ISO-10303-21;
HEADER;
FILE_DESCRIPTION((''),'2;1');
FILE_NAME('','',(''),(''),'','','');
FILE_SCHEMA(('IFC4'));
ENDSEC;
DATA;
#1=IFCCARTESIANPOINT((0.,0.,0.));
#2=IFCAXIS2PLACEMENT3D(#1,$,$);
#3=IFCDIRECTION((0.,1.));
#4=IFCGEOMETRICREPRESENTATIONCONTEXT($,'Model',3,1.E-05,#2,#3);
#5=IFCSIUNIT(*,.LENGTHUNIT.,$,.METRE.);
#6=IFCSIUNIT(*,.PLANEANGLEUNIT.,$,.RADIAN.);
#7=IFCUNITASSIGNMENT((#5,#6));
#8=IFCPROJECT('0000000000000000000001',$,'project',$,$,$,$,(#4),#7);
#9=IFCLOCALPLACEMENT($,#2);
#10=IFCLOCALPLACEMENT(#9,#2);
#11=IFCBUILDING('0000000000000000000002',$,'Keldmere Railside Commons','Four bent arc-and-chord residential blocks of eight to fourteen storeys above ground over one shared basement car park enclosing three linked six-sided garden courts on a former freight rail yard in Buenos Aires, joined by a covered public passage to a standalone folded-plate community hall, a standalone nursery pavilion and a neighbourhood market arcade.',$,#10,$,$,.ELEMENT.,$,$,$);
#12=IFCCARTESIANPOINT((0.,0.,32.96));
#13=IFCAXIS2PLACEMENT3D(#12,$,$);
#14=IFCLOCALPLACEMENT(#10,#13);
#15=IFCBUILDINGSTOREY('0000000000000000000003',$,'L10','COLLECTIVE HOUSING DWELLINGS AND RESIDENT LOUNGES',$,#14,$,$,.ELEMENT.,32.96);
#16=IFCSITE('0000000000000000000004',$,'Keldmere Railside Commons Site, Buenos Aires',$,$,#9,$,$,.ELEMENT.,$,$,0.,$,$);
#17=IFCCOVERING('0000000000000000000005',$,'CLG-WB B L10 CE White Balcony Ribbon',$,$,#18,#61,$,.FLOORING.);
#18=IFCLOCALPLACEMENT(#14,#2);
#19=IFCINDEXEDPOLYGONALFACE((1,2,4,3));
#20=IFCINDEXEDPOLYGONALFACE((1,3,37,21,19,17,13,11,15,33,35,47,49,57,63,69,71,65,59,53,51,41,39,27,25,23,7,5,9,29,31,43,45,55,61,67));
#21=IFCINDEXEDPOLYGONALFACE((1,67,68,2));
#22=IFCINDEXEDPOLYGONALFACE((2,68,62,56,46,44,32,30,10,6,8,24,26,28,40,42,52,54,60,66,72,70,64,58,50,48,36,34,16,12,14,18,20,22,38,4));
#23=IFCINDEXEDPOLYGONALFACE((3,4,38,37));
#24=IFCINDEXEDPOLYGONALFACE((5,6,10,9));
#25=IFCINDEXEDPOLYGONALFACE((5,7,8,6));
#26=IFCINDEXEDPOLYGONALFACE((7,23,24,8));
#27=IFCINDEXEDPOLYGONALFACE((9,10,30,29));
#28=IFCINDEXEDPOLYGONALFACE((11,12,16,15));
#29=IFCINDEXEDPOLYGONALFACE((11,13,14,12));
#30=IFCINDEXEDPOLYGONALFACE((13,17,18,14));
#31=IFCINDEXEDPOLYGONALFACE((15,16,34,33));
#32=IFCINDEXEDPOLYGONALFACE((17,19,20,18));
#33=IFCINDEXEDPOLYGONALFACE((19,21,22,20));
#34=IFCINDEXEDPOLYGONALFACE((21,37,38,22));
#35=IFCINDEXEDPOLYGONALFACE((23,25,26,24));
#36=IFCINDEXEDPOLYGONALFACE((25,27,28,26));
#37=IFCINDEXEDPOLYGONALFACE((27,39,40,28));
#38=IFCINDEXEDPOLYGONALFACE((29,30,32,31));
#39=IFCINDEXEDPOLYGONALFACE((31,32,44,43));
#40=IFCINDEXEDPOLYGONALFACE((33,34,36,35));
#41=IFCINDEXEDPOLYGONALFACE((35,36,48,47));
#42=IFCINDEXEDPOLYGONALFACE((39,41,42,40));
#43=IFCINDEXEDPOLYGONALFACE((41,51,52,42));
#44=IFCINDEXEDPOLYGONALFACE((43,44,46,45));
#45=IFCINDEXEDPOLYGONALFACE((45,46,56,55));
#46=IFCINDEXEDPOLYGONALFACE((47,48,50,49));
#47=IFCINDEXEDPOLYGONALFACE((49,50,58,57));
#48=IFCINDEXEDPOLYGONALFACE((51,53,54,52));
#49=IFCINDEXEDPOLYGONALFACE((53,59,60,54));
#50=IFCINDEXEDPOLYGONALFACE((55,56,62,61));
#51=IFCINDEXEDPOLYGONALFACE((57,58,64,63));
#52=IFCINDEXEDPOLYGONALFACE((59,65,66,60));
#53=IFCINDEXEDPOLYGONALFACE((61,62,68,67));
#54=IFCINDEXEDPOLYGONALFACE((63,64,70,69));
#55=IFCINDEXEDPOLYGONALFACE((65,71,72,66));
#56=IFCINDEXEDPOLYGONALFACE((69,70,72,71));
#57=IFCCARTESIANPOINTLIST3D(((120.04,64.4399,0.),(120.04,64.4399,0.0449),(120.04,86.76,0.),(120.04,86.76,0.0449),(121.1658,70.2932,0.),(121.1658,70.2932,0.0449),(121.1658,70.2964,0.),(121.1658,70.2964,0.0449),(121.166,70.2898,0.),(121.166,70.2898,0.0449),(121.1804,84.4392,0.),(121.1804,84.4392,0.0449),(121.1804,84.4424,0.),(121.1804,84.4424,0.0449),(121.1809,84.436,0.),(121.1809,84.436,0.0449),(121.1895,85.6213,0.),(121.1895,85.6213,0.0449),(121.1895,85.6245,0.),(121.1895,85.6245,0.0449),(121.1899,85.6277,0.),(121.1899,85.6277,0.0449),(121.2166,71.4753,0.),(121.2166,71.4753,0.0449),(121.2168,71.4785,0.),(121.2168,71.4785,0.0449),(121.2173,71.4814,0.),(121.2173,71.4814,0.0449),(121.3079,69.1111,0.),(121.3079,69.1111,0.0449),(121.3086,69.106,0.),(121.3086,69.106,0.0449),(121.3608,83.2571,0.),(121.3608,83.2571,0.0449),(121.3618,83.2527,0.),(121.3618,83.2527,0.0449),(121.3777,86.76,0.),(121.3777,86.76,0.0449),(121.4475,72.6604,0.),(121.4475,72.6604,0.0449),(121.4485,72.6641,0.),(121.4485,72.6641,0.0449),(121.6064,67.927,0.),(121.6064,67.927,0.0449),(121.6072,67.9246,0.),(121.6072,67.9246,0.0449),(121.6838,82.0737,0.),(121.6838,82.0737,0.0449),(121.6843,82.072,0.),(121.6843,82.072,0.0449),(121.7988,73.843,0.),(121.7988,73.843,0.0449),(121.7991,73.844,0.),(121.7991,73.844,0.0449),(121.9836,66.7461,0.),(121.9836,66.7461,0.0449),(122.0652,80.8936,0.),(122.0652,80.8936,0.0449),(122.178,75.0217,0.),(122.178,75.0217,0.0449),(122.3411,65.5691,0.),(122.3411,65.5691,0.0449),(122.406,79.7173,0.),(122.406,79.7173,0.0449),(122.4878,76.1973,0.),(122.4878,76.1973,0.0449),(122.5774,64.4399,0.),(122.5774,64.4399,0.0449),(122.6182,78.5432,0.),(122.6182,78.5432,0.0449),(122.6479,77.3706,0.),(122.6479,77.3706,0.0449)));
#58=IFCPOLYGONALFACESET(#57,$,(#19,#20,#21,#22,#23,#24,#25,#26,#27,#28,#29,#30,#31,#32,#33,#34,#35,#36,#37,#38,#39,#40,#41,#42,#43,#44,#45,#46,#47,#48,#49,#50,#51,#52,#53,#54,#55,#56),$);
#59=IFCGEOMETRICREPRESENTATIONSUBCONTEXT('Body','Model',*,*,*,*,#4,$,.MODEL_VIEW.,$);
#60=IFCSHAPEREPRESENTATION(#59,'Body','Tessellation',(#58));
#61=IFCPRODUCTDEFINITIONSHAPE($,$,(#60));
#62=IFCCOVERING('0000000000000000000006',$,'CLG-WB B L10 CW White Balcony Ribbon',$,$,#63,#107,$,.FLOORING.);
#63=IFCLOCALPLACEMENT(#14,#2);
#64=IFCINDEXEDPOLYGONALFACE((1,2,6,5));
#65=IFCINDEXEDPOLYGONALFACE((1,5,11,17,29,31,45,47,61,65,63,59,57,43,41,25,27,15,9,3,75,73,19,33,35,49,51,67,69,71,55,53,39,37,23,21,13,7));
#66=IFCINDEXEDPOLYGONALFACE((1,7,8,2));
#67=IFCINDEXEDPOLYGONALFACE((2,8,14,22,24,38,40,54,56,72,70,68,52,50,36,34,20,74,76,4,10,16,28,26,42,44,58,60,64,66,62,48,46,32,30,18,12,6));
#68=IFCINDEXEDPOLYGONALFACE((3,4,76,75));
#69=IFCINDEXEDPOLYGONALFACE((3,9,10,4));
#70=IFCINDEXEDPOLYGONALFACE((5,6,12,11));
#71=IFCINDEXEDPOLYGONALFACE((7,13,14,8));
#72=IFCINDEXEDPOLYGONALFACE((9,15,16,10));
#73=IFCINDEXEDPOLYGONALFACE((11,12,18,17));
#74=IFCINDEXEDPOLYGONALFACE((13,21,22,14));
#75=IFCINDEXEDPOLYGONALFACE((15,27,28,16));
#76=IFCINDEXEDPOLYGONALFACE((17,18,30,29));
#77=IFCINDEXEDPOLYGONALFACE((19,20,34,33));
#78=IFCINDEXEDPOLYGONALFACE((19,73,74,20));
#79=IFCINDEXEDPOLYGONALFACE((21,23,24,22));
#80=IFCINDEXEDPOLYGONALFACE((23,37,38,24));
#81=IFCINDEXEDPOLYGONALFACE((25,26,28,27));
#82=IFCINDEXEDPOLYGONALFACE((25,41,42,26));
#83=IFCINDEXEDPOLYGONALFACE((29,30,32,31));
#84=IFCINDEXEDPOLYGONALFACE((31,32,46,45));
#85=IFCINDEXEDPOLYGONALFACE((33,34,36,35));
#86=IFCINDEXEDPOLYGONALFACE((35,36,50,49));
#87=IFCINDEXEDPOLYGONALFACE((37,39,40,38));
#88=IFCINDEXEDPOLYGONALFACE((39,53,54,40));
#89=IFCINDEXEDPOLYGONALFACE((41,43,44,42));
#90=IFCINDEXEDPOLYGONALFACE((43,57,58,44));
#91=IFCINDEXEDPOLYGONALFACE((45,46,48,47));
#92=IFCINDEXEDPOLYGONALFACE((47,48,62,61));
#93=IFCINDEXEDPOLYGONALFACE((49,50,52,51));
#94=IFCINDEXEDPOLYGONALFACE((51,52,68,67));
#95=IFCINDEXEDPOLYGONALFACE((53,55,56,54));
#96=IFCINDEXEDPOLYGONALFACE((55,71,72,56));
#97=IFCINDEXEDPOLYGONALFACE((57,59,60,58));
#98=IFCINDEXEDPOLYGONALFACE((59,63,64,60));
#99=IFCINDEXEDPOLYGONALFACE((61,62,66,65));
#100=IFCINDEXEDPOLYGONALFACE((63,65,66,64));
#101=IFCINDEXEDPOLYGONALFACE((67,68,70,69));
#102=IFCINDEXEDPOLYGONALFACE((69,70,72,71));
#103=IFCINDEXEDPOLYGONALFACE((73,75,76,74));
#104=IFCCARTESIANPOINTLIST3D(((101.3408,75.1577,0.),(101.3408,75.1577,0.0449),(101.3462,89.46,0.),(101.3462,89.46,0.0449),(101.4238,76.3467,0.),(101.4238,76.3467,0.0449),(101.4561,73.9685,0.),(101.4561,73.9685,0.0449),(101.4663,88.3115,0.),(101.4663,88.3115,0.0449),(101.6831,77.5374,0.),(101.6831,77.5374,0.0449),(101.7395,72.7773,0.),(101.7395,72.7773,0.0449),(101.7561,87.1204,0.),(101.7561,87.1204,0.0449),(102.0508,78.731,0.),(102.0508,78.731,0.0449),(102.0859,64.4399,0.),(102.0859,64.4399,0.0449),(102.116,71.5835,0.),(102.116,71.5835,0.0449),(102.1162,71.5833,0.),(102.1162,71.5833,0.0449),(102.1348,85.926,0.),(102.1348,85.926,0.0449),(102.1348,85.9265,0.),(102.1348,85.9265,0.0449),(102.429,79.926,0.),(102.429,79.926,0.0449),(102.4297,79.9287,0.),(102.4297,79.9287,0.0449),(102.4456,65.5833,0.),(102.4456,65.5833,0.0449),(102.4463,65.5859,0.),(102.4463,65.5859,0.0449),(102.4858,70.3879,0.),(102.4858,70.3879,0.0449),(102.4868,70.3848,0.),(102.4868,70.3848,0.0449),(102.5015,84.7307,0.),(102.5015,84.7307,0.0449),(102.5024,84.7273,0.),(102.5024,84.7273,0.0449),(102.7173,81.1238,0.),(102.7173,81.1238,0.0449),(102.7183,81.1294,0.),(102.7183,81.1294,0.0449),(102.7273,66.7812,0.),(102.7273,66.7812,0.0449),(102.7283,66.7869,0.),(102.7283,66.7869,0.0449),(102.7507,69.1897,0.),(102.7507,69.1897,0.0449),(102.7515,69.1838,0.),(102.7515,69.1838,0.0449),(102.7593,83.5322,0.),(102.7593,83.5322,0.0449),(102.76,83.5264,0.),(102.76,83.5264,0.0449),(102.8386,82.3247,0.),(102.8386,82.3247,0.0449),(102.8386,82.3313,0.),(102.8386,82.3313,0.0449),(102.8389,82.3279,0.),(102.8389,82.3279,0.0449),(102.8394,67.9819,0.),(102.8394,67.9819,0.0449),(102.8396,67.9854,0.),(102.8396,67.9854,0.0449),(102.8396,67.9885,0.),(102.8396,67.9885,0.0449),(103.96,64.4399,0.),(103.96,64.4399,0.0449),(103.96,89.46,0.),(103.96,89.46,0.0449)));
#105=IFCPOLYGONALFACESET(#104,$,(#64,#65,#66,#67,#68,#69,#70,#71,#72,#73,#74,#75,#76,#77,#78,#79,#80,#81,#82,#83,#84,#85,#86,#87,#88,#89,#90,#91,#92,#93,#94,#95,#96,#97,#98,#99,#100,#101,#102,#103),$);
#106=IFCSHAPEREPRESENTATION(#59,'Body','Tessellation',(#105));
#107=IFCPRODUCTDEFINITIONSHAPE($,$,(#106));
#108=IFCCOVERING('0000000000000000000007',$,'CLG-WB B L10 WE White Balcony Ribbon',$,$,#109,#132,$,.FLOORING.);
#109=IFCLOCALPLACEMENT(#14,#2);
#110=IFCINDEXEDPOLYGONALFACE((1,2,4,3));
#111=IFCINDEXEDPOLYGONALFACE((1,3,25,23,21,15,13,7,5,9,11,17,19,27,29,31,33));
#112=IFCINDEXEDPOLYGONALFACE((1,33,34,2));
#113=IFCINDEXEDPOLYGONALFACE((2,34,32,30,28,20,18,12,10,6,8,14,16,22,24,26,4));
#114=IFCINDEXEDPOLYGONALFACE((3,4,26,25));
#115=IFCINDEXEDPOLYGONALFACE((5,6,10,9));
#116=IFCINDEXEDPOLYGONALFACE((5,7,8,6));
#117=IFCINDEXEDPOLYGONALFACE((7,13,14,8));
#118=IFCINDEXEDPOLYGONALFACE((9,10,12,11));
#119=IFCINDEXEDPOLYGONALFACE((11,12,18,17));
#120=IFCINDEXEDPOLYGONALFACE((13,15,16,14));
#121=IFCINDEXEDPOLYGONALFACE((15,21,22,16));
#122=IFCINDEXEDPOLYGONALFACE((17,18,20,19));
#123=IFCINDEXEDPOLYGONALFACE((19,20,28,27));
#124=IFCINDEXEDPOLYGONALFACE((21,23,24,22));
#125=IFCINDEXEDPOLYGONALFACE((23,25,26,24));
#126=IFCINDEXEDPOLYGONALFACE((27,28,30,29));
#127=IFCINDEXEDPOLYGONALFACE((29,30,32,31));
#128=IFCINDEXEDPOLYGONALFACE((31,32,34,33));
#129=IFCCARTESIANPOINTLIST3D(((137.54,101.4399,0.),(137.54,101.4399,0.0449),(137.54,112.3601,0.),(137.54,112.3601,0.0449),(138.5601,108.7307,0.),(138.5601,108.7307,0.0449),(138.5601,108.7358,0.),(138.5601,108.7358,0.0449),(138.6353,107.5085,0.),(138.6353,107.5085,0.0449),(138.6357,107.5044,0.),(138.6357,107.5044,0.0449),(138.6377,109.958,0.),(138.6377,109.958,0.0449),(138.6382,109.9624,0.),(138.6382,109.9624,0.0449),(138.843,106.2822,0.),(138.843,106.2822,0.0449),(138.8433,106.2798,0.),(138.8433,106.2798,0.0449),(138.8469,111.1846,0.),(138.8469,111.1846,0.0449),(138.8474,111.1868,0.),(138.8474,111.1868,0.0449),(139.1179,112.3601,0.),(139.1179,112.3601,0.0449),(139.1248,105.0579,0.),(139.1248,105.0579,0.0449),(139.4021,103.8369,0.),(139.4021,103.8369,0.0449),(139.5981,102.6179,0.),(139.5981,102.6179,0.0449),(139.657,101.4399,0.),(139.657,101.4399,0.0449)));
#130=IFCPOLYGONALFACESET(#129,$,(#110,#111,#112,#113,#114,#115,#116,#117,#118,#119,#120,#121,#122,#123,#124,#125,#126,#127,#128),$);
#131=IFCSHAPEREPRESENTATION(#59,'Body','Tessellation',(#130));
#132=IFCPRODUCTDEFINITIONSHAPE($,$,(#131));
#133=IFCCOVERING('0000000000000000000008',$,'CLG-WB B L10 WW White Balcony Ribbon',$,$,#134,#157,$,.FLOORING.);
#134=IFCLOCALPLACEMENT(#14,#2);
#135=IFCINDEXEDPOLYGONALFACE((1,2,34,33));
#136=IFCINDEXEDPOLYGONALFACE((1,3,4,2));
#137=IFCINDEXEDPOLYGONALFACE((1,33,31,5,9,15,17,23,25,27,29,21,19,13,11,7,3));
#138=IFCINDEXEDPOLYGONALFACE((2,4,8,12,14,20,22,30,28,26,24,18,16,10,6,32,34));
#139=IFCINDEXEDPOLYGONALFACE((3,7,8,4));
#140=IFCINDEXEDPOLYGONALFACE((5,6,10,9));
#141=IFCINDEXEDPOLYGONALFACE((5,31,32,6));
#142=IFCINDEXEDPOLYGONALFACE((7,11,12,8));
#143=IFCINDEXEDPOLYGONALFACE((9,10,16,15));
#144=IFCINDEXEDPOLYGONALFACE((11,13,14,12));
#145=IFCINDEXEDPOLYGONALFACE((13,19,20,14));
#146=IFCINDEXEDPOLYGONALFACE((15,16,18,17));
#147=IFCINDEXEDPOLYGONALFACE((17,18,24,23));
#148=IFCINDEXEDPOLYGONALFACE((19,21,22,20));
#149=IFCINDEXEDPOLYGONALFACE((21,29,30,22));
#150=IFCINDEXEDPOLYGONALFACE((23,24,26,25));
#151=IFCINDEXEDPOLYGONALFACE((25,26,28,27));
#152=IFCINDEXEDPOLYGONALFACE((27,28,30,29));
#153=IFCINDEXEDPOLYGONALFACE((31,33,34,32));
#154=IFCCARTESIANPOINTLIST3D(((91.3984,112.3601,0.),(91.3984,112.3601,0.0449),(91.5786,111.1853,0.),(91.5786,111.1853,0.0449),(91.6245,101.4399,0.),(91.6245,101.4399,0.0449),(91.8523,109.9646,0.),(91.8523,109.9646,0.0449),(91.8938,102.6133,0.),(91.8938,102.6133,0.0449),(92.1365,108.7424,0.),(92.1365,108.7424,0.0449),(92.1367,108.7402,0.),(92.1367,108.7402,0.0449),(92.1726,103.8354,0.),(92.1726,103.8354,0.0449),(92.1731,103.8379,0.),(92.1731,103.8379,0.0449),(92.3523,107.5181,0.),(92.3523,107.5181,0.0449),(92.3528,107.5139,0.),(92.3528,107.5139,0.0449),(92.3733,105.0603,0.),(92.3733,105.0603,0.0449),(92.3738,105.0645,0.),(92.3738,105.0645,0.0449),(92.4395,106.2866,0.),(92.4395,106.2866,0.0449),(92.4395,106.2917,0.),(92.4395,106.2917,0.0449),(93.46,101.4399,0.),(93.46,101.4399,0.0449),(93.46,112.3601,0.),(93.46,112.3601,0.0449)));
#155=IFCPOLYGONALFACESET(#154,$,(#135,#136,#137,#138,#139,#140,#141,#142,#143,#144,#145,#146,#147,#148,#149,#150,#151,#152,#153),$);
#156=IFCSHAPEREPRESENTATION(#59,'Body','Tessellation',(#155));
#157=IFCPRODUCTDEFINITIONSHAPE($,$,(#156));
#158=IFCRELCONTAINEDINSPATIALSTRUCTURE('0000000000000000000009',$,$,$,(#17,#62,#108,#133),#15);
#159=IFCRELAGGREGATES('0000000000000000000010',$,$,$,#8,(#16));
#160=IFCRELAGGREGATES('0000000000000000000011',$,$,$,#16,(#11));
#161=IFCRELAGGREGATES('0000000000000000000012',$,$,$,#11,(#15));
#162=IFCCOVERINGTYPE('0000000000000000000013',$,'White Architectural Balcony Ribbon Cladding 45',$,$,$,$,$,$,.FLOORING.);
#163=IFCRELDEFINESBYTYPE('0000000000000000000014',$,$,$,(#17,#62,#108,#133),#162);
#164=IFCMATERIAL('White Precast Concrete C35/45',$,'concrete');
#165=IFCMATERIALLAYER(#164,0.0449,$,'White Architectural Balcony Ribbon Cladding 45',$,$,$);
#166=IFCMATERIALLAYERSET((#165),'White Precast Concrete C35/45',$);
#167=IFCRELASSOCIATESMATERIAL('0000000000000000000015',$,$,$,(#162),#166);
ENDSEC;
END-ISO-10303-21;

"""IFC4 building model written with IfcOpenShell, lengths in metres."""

from ifc_helpers import new_model, si_unit, direction, frame, origin, place, context, subcontext, project, spatial, polyline, outline, extrude, material, layer, layer_set, type_object, element, save


model = new_model("IFC4")

# Units and contexts
model_context = context("Model", 3, precision=1e-05, world=origin(), true_north=direction((0.0, 1.0)))
body_context = subcontext(model_context, "Body", "Model", "MODEL_VIEW")
ifc_project = project(units=[si_unit("LENGTHUNIT", "METRE"), si_unit("PLANEANGLEUNIT", "RADIAN")], contexts=[model_context])

# Site, building, storey
site_placement = place(None, origin())
site = spatial("IfcSite", under=ifc_project, at=site_placement, Name="Keldmere Railside Commons Site, Buenos Aires", CompositionType="ELEMENT", RefElevation=0.0)
building_placement = place(site_placement, origin())
building = spatial("IfcBuilding", under=site, at=building_placement, Name="Keldmere Railside Commons", Description="Four bent arc-and-chord residential blocks of eight to fourteen storeys above ground over one shared basement car park enclosing three linked six-sided garden courts on a former freight rail yard in Buenos Aires, joined by a covered public passage to a standalone folded-plate community hall, a standalone nursery pavilion and a neighbourhood market arcade.", CompositionType="ELEMENT")
storey_placement = place(building_placement, frame((0.0, 0.0, 32.96)))
storey = spatial("IfcBuildingStorey", under=building, at=storey_placement, Name="L10", Description="COLLECTIVE HOUSING DWELLINGS AND RESIDENT LOUNGES", CompositionType="ELEMENT", Elevation=32.96)

# Coverings
ifc_material_1 = material(Name="White Precast Concrete C35/45", Category="concrete")
ifc_layer_1 = layer(ifc_material_1, 0.0449, Name="White Architectural Balcony Ribbon Cladding 45")
ifc_layer_set_1 = layer_set([ifc_layer_1], Name="White Precast Concrete C35/45")
covering_type_1 = type_object("IfcCoveringType", Name="White Architectural Balcony Ribbon Cladding 45", PredefinedType="FLOORING", material=ifc_layer_set_1)
covering_1_placement = place(storey_placement, origin())
element("IfcCovering", 1, at=covering_1_placement, inside=storey, type_object=covering_type_1, Name="CLG-WB B L10 CE White Balcony Ribbon", PredefinedType="FLOORING", context=body_context, shape_type="SweptSolid", body=[
    extrude(outline(polyline([(122.3411, 65.5691), (121.9836, 66.7461), (121.6072, 67.9246), (121.6064, 67.927), (121.3086, 69.106), (121.3079, 69.1111), (121.166, 70.2898), (121.1658, 70.2932), (121.1658, 70.2964), (121.2166, 71.4753), (121.2168, 71.4785), (121.2173, 71.4814), (121.4475, 72.6604), (121.4485, 72.6641), (121.7988, 73.843), (121.7991, 73.844), (122.178, 75.0217), (122.4878, 76.1973), (122.6479, 77.3706), (122.6182, 78.5432), (122.406, 79.7173), (122.0652, 80.8936), (121.6843, 82.072), (121.6838, 82.0737), (121.3618, 83.2527), (121.3608, 83.2571), (121.1809, 84.436), (121.1804, 84.4392), (121.1804, 84.4424), (121.1895, 85.6213), (121.1895, 85.6245), (121.1899, 85.6277), (121.3777, 86.76), (120.04, 86.76), (120.04, 64.4399), (122.5774, 64.4399), (122.3411, 65.5691)])), origin(), (0.0, 0.0, 1.0), 0.0449),
])
covering_2_placement = place(storey_placement, origin())
element("IfcCovering", 2, at=covering_2_placement, inside=storey, type_object=covering_type_1, Name="CLG-WB B L10 CW White Balcony Ribbon", PredefinedType="FLOORING", context=body_context, shape_type="SweptSolid", body=[
    extrude(outline(polyline([(103.96, 89.46), (101.3462, 89.46), (101.4663, 88.3115), (101.7561, 87.1204), (102.1348, 85.9265), (102.1348, 85.926), (102.5015, 84.7307), (102.5024, 84.7273), (102.7593, 83.5322), (102.76, 83.5264), (102.8386, 82.3313), (102.8389, 82.3279), (102.8386, 82.3247), (102.7183, 81.1294), (102.7173, 81.1238), (102.4297, 79.9287), (102.429, 79.926), (102.0508, 78.731), (101.6831, 77.5374), (101.4238, 76.3467), (101.3408, 75.1577), (101.4561, 73.9685), (101.7395, 72.7773), (102.116, 71.5835), (102.1162, 71.5833), (102.4858, 70.3879), (102.4868, 70.3848), (102.7507, 69.1897), (102.7515, 69.1838), (102.8396, 67.9885), (102.8396, 67.9854), (102.8394, 67.9819), (102.7283, 66.7869), (102.7273, 66.7812), (102.4463, 65.5859), (102.4456, 65.5833), (102.0859, 64.4399), (103.96, 64.4399), (103.96, 89.46)])), origin(), (0.0, 0.0, 1.0), 0.0449),
])
covering_3_placement = place(storey_placement, origin())
element("IfcCovering", 3, at=covering_3_placement, inside=storey, type_object=covering_type_1, Name="CLG-WB B L10 WE White Balcony Ribbon", PredefinedType="FLOORING", context=body_context, shape_type="SweptSolid", body=[
    extrude(outline(polyline([(139.5981, 102.6179), (139.4021, 103.8369), (139.1248, 105.0579), (138.8433, 106.2798), (138.843, 106.2822), (138.6357, 107.5044), (138.6353, 107.5085), (138.5601, 108.7307), (138.5601, 108.7358), (138.6377, 109.958), (138.6382, 109.9624), (138.8469, 111.1846), (138.8474, 111.1868), (139.1179, 112.3601), (137.54, 112.3601), (137.54, 101.4399), (139.657, 101.4399), (139.5981, 102.6179)])), origin(), (0.0, 0.0, 1.0), 0.0449),
])
covering_4_placement = place(storey_placement, origin())
element("IfcCovering", 4, at=covering_4_placement, inside=storey, type_object=covering_type_1, Name="CLG-WB B L10 WW White Balcony Ribbon", PredefinedType="FLOORING", context=body_context, shape_type="SweptSolid", body=[
    extrude(outline(polyline([(93.46, 112.3601), (91.3984, 112.3601), (91.5786, 111.1853), (91.8523, 109.9646), (92.1365, 108.7424), (92.1367, 108.7402), (92.3523, 107.5181), (92.3528, 107.5139), (92.4395, 106.2917), (92.4395, 106.2866), (92.3738, 105.0645), (92.3733, 105.0603), (92.1731, 103.8379), (92.1726, 103.8354), (91.8938, 102.6133), (91.8938, 102.6133), (91.6245, 101.4399), (93.46, 101.4399), (93.46, 112.3601)])), origin(), (0.0, 0.0, 1.0), 0.0449),
])

save(model, "model.ifc")
